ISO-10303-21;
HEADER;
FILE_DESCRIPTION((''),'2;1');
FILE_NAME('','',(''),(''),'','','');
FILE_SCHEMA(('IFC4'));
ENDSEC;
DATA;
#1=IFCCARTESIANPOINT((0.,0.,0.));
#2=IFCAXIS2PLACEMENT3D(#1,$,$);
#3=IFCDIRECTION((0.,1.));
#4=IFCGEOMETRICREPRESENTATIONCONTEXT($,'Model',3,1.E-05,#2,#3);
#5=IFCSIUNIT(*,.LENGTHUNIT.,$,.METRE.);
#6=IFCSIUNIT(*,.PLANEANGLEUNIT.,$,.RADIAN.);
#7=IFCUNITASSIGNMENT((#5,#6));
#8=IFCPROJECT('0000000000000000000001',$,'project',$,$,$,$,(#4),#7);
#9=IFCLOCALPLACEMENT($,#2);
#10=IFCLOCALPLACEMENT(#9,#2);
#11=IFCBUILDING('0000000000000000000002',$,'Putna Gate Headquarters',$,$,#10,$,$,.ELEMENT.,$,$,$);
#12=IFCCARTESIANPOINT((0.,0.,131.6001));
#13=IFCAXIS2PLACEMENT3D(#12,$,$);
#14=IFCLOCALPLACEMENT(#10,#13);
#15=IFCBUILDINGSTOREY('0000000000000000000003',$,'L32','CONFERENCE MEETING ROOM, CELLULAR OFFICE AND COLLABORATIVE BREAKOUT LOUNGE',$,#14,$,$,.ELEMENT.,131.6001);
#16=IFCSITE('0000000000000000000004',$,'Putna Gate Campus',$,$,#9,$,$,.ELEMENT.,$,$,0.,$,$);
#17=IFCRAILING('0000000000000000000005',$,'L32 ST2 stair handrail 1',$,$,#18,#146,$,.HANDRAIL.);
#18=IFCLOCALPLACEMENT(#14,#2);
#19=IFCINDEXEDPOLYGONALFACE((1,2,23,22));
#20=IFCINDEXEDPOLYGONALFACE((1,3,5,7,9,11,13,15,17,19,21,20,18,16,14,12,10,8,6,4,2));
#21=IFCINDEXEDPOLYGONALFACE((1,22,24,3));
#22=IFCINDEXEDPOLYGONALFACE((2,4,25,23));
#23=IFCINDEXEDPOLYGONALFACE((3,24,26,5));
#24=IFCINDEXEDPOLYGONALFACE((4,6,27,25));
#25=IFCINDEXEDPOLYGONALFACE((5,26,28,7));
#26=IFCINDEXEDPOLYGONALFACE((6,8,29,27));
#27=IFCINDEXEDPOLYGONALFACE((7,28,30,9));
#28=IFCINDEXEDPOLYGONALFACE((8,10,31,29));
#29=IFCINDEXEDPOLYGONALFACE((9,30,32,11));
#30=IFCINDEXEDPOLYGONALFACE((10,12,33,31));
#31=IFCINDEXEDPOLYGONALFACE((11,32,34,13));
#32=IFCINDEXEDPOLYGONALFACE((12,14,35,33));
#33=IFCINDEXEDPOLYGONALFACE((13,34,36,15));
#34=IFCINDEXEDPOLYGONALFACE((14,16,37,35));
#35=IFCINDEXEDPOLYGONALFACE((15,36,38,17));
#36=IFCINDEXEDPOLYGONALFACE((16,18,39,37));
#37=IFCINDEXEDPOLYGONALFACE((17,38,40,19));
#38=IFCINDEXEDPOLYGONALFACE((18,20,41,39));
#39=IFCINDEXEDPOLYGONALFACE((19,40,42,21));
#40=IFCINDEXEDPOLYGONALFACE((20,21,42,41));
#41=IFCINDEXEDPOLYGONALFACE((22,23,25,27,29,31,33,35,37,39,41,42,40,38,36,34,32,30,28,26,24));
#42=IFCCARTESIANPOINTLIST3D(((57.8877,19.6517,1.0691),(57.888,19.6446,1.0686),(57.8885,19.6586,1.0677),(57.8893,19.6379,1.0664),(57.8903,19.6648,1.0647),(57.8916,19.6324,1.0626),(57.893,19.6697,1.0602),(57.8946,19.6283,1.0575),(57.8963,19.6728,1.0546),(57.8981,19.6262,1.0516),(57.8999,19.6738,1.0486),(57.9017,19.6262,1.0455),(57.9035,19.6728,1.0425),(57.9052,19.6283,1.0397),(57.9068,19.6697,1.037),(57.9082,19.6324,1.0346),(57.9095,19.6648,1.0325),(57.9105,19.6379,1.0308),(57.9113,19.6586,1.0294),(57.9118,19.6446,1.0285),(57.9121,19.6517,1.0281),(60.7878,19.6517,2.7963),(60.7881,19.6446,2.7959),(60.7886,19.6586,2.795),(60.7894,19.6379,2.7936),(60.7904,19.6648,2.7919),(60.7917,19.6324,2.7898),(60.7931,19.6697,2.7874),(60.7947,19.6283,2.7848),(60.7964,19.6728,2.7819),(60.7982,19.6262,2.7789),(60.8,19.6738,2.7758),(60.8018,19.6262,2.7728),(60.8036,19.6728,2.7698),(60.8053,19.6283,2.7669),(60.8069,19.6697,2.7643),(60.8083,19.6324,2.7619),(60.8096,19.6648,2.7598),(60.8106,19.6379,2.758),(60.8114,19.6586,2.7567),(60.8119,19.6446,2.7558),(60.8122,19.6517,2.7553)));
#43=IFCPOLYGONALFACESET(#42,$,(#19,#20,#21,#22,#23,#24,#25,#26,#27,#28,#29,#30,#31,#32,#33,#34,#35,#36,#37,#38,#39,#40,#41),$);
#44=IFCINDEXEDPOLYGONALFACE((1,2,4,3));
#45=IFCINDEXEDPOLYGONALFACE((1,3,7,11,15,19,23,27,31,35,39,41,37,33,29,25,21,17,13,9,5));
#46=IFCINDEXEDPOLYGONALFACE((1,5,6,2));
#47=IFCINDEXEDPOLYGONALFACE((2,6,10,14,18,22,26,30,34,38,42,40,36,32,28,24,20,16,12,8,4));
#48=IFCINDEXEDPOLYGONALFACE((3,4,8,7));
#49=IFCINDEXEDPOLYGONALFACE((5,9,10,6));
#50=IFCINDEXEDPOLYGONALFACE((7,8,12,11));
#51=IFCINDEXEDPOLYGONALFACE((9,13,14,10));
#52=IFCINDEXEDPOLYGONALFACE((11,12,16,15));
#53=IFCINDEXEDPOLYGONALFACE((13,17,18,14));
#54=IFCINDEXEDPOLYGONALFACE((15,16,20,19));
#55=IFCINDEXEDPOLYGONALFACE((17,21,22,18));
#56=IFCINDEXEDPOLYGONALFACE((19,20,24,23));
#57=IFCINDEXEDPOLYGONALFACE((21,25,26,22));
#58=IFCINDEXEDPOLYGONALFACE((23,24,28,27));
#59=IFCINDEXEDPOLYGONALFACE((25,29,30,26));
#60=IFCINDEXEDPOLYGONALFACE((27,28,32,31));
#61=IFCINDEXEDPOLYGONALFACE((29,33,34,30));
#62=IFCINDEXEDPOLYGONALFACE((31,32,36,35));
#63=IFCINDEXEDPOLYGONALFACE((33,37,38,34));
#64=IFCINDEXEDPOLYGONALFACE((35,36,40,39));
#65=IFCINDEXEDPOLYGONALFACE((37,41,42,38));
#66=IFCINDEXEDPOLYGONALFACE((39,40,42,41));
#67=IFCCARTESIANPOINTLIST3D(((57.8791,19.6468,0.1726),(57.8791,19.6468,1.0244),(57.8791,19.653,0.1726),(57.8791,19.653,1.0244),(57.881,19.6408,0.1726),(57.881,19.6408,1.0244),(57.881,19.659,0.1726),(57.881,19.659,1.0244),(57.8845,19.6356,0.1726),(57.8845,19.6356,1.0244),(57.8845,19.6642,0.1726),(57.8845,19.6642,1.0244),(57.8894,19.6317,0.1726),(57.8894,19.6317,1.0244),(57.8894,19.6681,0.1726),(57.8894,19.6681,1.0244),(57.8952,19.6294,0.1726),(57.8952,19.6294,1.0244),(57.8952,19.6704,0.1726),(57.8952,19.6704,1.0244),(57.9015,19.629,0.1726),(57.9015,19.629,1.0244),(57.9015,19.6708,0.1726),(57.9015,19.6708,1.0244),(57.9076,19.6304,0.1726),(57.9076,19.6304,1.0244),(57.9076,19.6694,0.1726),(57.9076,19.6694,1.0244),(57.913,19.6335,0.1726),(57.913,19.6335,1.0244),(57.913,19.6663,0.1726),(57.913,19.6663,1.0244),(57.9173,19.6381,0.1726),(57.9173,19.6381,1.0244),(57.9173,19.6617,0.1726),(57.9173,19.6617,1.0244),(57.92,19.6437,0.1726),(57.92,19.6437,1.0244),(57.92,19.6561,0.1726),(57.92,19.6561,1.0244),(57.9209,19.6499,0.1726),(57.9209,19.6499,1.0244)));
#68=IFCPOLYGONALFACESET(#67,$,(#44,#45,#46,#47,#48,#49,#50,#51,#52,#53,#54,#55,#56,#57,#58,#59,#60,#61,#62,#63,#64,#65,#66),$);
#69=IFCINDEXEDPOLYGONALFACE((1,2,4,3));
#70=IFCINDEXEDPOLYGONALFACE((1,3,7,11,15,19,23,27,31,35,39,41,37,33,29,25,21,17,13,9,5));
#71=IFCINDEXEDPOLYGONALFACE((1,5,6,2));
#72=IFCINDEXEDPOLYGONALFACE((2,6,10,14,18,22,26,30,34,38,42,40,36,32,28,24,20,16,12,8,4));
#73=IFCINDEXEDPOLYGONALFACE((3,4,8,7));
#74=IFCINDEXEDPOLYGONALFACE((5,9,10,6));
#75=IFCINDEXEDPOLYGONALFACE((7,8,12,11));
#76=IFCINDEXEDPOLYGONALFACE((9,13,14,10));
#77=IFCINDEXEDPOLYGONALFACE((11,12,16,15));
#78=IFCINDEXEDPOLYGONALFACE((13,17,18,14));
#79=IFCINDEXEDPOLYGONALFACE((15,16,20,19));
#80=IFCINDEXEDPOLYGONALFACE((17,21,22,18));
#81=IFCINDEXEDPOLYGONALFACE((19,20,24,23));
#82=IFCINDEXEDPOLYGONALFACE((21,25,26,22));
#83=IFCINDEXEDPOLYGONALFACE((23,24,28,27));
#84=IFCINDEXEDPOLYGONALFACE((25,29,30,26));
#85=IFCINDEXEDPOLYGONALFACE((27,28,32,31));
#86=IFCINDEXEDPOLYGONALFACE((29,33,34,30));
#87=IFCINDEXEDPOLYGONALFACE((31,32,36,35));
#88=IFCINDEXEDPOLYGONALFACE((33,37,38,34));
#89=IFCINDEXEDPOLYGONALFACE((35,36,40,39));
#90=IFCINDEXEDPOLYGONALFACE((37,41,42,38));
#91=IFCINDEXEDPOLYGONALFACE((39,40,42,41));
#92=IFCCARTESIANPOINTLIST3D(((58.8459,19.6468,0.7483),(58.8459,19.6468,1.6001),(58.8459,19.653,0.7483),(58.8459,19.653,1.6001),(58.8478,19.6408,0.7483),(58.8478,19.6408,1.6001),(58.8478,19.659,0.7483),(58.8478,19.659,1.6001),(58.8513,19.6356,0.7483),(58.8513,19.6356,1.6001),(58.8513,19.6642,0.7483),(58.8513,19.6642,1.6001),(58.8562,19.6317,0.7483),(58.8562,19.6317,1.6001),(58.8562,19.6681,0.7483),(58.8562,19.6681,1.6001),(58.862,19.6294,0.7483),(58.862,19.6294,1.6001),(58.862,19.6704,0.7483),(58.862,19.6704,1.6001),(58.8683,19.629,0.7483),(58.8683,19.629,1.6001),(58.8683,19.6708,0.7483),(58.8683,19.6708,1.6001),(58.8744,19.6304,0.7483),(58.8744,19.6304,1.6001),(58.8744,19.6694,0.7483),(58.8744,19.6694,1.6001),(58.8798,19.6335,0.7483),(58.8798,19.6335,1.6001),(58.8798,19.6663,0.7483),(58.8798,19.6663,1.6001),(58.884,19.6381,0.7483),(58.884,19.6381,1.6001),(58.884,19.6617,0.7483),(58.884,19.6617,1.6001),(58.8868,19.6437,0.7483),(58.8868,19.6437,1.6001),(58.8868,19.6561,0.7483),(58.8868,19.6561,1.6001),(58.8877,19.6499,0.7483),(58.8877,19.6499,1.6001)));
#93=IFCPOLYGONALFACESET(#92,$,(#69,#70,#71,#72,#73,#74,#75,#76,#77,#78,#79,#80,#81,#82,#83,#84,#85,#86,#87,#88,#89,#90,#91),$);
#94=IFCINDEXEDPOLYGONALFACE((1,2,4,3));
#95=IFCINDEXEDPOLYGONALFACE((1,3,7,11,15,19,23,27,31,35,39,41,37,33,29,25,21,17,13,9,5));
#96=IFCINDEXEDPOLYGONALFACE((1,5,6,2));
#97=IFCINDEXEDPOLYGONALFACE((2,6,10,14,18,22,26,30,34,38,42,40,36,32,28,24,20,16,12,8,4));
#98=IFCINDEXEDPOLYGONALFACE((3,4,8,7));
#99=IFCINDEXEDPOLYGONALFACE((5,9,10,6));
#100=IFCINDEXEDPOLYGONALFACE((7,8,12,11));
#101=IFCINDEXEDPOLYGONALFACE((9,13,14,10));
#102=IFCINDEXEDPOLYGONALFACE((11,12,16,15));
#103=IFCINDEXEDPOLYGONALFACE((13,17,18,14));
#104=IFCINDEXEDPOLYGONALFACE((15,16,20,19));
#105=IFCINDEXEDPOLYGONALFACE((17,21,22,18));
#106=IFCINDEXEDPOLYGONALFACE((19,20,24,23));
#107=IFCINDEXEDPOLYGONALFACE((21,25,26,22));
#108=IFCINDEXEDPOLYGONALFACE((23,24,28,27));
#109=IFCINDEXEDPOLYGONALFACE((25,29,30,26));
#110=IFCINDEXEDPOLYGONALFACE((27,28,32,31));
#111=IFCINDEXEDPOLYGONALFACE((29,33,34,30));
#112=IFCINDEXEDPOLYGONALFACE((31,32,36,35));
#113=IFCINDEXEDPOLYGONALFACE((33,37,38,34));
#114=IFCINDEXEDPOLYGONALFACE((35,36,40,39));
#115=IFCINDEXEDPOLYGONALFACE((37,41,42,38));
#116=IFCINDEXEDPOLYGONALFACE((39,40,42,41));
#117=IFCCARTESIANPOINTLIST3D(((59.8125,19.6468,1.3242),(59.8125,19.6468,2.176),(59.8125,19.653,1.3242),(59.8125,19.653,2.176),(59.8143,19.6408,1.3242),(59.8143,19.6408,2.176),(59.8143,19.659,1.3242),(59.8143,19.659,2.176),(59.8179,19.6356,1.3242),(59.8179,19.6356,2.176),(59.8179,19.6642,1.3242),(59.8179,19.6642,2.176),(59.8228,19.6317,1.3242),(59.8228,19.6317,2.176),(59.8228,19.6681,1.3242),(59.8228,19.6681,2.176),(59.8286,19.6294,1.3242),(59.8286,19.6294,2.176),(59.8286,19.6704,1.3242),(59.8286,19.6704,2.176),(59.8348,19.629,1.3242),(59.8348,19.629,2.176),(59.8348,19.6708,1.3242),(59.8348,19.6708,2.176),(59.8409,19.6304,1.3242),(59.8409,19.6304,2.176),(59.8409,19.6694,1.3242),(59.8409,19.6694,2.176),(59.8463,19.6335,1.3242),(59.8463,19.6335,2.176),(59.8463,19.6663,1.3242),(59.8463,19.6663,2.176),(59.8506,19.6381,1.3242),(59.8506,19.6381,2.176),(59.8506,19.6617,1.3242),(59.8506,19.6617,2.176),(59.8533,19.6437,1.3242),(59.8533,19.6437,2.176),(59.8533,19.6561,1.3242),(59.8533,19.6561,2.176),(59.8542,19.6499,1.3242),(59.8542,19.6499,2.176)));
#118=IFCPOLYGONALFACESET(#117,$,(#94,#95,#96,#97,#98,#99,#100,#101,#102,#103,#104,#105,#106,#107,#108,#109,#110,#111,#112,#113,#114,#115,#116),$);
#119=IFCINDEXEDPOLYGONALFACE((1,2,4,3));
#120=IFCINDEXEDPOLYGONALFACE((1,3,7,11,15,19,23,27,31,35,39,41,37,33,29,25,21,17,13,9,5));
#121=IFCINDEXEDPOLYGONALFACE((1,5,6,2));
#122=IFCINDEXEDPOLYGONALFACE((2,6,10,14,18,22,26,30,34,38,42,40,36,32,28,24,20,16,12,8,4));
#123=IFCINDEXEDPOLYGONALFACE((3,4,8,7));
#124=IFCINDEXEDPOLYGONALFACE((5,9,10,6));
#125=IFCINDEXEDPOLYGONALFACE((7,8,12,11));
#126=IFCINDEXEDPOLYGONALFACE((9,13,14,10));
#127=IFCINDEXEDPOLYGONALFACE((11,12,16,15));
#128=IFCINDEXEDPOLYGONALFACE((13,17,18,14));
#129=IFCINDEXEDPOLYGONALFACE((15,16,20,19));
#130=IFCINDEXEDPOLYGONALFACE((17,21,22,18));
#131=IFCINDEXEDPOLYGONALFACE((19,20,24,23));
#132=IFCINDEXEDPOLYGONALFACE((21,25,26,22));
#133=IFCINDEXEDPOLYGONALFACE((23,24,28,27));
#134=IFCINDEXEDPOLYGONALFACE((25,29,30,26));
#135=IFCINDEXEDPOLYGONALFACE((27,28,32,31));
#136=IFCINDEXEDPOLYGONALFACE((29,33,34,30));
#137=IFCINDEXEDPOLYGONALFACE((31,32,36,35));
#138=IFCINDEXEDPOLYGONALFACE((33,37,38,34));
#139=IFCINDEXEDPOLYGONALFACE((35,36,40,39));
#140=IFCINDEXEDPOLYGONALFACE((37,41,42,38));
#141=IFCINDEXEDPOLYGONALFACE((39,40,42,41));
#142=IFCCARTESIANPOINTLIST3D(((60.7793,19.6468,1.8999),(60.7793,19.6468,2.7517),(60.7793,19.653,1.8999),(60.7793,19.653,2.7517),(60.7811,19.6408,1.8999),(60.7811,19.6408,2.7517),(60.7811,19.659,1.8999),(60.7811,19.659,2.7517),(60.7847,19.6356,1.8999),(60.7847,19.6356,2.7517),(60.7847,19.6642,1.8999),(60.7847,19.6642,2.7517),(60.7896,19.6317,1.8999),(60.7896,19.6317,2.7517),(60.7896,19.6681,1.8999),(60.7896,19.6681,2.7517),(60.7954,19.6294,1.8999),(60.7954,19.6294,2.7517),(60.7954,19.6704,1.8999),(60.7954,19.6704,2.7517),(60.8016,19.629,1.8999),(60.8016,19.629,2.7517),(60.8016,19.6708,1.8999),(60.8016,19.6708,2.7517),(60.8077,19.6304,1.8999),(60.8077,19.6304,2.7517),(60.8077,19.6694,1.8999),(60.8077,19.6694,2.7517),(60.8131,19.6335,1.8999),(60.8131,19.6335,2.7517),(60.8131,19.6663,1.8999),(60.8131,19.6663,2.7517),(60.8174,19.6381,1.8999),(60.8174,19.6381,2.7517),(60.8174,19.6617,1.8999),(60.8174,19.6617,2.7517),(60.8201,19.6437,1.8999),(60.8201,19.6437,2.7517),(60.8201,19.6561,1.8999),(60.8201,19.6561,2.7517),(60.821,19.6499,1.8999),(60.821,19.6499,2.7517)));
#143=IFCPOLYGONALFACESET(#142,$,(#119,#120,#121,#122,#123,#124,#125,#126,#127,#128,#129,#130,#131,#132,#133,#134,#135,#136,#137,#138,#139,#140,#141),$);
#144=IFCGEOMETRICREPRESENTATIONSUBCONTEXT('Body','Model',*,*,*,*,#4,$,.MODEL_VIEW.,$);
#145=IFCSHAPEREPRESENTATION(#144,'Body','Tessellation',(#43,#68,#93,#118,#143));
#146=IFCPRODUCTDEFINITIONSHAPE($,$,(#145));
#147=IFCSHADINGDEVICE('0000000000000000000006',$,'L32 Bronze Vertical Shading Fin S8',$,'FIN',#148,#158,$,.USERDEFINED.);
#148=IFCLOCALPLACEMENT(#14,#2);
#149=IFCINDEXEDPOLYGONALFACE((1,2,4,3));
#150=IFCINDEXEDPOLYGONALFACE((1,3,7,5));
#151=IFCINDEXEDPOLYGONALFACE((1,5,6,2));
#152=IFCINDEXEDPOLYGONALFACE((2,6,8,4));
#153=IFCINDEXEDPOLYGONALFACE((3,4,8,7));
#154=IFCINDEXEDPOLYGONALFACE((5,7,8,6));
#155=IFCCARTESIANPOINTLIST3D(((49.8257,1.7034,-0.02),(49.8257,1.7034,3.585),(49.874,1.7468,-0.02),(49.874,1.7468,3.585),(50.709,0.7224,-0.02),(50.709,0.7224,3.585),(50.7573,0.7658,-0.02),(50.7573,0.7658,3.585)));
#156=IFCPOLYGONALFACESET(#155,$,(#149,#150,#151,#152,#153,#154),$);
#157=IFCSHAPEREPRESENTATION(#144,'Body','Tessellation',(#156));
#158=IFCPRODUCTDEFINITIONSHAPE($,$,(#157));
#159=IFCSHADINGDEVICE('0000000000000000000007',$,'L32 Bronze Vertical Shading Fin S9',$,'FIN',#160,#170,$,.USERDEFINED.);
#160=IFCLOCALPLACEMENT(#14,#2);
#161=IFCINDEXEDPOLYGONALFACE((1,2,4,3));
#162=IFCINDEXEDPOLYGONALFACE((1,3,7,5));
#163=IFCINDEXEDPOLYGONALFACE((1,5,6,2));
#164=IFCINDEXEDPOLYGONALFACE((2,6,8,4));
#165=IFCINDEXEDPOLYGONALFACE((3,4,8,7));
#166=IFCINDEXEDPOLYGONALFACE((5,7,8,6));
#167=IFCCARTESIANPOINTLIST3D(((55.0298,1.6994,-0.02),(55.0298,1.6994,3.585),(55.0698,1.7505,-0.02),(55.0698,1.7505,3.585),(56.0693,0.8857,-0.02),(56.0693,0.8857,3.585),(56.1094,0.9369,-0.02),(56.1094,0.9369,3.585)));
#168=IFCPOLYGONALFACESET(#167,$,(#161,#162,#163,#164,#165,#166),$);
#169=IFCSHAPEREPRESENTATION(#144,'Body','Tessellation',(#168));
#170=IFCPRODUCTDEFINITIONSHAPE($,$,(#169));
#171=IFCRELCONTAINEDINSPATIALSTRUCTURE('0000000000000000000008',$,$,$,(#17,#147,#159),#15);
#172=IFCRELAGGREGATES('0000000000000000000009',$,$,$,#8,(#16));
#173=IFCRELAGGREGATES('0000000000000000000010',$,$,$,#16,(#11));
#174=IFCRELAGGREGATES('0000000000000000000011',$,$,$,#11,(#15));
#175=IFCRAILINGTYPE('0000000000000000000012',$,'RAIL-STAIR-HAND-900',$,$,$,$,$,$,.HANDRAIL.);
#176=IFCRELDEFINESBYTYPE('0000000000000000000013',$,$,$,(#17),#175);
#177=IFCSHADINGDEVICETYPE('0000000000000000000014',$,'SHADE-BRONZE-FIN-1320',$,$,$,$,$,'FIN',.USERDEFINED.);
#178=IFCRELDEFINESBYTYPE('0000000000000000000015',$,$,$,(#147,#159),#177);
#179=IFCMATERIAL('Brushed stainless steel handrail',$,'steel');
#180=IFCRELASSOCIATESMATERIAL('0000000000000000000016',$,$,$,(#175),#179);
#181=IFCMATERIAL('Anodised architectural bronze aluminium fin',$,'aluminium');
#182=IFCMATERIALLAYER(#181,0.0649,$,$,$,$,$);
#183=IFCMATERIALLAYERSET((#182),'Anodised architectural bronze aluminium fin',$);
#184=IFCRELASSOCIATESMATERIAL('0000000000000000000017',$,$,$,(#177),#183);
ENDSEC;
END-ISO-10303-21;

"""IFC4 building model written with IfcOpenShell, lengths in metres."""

from ifc_helpers import new_model, si_unit, direction, frame, origin, origin_2d, place, context, subcontext, project, spatial, rectangle, circle, extrude, material, layer, layer_set, type_object, element, save


model = new_model("IFC4")

# Units and contexts
model_context = context("Model", 3, precision=1e-05, world=origin(), true_north=direction((0.0, 1.0)))
body_context = subcontext(model_context, "Body", "Model", "MODEL_VIEW")
ifc_project = project(units=[si_unit("LENGTHUNIT", "METRE"), si_unit("PLANEANGLEUNIT", "RADIAN")], contexts=[model_context])

# Site, building, storey
site_placement = place(None, origin())
site = spatial("IfcSite", under=ifc_project, at=site_placement, Name="Putna Gate Campus", CompositionType="ELEMENT", RefElevation=0.0)
building_placement = place(site_placement, origin())
building = spatial("IfcBuilding", under=site, at=building_placement, Name="Putna Gate Headquarters", CompositionType="ELEMENT")
storey_placement = place(building_placement, frame((0.0, 0.0, 131.6001)))
storey = spatial("IfcBuildingStorey", under=building, at=storey_placement, Name="L32", Description="CONFERENCE MEETING ROOM, CELLULAR OFFICE AND COLLABORATIVE BREAKOUT LOUNGE", CompositionType="ELEMENT", Elevation=131.6001)

# Railing
ifc_material_1 = material(Name="Brushed stainless steel handrail", Category="steel")
railing_type_1 = type_object("IfcRailingType", Name="RAIL-STAIR-HAND-900", PredefinedType="HANDRAIL", material=ifc_material_1)
railing_1_placement = place(storey_placement, frame((57.8999, 19.6499, 0.1726)))
element("IfcRailing", 1, at=railing_1_placement, inside=storey, type_object=railing_type_1, Name="L32 ST2 stair handrail 1", PredefinedType="HANDRAIL", context=body_context, shape_type="SweptSolid", body=[
    extrude(circle(Radius=0.0239, at=origin_2d()), frame((0.0, 0.0, 0.876), z_axis=(0.85916, 0.0, 0.511706), x_axis=(0.0, 1.0, 0.0)), (0.0, 0.0, 1.0), 3.3755),
    extrude(circle(Radius=0.021, at=origin_2d()), origin(), (0.0, 0.0, 1.0), 0.8518),
    extrude(circle(Radius=0.021, at=origin_2d()), frame((0.9668, 0.0, 0.5757)), (0.0, 0.0, 1.0), 0.8518),
    extrude(circle(Radius=0.021, at=origin_2d()), frame((1.9333, 0.0, 1.1516)), (0.0, 0.0, 1.0), 0.8518),
    extrude(circle(Radius=0.021, at=origin_2d()), frame((2.9001, 0.0, 1.7273)), (0.0, 0.0, 1.0), 0.8518),
])

# Shading devices
ifc_material_2 = material(Name="Anodised architectural bronze aluminium fin", Category="aluminium")
ifc_layer_1 = layer(ifc_material_2, 0.0649)
ifc_layer_set_1 = layer_set([ifc_layer_1], Name="Anodised architectural bronze aluminium fin")
shading_device_type = type_object("IfcShadingDeviceType", Name="SHADE-BRONZE-FIN-1320", ElementType="FIN", PredefinedType="USERDEFINED", material=ifc_layer_set_1)
for number, where, z_axis, x_axis, name in (
    (2, (50.2915, 1.2346, -0.02), (0.0, 0.0, 1.0), (0.669131, -0.743145, 0.0), "L32 Bronze Vertical Shading Fin S8"),
    (3, (55.5696, 1.3181, -0.02), (0.0, 0.0, 1.0), (0.787473, -0.616349, 0.0), "L32 Bronze Vertical Shading Fin S9"),
):
    element("IfcShadingDevice", number, at=place(storey_placement, frame(where, z_axis=z_axis, x_axis=x_axis)), inside=storey, type_object=shading_device_type, Name=name, ObjectType="FIN", PredefinedType="USERDEFINED", context=body_context, shape_type="SweptSolid", body=[
        extrude(rectangle(XDim=1.3201, YDim=0.0649, at=origin_2d()), origin(), (0.0, 0.0, 1.0), 3.605),
    ])

save(model, "model.ifc")
